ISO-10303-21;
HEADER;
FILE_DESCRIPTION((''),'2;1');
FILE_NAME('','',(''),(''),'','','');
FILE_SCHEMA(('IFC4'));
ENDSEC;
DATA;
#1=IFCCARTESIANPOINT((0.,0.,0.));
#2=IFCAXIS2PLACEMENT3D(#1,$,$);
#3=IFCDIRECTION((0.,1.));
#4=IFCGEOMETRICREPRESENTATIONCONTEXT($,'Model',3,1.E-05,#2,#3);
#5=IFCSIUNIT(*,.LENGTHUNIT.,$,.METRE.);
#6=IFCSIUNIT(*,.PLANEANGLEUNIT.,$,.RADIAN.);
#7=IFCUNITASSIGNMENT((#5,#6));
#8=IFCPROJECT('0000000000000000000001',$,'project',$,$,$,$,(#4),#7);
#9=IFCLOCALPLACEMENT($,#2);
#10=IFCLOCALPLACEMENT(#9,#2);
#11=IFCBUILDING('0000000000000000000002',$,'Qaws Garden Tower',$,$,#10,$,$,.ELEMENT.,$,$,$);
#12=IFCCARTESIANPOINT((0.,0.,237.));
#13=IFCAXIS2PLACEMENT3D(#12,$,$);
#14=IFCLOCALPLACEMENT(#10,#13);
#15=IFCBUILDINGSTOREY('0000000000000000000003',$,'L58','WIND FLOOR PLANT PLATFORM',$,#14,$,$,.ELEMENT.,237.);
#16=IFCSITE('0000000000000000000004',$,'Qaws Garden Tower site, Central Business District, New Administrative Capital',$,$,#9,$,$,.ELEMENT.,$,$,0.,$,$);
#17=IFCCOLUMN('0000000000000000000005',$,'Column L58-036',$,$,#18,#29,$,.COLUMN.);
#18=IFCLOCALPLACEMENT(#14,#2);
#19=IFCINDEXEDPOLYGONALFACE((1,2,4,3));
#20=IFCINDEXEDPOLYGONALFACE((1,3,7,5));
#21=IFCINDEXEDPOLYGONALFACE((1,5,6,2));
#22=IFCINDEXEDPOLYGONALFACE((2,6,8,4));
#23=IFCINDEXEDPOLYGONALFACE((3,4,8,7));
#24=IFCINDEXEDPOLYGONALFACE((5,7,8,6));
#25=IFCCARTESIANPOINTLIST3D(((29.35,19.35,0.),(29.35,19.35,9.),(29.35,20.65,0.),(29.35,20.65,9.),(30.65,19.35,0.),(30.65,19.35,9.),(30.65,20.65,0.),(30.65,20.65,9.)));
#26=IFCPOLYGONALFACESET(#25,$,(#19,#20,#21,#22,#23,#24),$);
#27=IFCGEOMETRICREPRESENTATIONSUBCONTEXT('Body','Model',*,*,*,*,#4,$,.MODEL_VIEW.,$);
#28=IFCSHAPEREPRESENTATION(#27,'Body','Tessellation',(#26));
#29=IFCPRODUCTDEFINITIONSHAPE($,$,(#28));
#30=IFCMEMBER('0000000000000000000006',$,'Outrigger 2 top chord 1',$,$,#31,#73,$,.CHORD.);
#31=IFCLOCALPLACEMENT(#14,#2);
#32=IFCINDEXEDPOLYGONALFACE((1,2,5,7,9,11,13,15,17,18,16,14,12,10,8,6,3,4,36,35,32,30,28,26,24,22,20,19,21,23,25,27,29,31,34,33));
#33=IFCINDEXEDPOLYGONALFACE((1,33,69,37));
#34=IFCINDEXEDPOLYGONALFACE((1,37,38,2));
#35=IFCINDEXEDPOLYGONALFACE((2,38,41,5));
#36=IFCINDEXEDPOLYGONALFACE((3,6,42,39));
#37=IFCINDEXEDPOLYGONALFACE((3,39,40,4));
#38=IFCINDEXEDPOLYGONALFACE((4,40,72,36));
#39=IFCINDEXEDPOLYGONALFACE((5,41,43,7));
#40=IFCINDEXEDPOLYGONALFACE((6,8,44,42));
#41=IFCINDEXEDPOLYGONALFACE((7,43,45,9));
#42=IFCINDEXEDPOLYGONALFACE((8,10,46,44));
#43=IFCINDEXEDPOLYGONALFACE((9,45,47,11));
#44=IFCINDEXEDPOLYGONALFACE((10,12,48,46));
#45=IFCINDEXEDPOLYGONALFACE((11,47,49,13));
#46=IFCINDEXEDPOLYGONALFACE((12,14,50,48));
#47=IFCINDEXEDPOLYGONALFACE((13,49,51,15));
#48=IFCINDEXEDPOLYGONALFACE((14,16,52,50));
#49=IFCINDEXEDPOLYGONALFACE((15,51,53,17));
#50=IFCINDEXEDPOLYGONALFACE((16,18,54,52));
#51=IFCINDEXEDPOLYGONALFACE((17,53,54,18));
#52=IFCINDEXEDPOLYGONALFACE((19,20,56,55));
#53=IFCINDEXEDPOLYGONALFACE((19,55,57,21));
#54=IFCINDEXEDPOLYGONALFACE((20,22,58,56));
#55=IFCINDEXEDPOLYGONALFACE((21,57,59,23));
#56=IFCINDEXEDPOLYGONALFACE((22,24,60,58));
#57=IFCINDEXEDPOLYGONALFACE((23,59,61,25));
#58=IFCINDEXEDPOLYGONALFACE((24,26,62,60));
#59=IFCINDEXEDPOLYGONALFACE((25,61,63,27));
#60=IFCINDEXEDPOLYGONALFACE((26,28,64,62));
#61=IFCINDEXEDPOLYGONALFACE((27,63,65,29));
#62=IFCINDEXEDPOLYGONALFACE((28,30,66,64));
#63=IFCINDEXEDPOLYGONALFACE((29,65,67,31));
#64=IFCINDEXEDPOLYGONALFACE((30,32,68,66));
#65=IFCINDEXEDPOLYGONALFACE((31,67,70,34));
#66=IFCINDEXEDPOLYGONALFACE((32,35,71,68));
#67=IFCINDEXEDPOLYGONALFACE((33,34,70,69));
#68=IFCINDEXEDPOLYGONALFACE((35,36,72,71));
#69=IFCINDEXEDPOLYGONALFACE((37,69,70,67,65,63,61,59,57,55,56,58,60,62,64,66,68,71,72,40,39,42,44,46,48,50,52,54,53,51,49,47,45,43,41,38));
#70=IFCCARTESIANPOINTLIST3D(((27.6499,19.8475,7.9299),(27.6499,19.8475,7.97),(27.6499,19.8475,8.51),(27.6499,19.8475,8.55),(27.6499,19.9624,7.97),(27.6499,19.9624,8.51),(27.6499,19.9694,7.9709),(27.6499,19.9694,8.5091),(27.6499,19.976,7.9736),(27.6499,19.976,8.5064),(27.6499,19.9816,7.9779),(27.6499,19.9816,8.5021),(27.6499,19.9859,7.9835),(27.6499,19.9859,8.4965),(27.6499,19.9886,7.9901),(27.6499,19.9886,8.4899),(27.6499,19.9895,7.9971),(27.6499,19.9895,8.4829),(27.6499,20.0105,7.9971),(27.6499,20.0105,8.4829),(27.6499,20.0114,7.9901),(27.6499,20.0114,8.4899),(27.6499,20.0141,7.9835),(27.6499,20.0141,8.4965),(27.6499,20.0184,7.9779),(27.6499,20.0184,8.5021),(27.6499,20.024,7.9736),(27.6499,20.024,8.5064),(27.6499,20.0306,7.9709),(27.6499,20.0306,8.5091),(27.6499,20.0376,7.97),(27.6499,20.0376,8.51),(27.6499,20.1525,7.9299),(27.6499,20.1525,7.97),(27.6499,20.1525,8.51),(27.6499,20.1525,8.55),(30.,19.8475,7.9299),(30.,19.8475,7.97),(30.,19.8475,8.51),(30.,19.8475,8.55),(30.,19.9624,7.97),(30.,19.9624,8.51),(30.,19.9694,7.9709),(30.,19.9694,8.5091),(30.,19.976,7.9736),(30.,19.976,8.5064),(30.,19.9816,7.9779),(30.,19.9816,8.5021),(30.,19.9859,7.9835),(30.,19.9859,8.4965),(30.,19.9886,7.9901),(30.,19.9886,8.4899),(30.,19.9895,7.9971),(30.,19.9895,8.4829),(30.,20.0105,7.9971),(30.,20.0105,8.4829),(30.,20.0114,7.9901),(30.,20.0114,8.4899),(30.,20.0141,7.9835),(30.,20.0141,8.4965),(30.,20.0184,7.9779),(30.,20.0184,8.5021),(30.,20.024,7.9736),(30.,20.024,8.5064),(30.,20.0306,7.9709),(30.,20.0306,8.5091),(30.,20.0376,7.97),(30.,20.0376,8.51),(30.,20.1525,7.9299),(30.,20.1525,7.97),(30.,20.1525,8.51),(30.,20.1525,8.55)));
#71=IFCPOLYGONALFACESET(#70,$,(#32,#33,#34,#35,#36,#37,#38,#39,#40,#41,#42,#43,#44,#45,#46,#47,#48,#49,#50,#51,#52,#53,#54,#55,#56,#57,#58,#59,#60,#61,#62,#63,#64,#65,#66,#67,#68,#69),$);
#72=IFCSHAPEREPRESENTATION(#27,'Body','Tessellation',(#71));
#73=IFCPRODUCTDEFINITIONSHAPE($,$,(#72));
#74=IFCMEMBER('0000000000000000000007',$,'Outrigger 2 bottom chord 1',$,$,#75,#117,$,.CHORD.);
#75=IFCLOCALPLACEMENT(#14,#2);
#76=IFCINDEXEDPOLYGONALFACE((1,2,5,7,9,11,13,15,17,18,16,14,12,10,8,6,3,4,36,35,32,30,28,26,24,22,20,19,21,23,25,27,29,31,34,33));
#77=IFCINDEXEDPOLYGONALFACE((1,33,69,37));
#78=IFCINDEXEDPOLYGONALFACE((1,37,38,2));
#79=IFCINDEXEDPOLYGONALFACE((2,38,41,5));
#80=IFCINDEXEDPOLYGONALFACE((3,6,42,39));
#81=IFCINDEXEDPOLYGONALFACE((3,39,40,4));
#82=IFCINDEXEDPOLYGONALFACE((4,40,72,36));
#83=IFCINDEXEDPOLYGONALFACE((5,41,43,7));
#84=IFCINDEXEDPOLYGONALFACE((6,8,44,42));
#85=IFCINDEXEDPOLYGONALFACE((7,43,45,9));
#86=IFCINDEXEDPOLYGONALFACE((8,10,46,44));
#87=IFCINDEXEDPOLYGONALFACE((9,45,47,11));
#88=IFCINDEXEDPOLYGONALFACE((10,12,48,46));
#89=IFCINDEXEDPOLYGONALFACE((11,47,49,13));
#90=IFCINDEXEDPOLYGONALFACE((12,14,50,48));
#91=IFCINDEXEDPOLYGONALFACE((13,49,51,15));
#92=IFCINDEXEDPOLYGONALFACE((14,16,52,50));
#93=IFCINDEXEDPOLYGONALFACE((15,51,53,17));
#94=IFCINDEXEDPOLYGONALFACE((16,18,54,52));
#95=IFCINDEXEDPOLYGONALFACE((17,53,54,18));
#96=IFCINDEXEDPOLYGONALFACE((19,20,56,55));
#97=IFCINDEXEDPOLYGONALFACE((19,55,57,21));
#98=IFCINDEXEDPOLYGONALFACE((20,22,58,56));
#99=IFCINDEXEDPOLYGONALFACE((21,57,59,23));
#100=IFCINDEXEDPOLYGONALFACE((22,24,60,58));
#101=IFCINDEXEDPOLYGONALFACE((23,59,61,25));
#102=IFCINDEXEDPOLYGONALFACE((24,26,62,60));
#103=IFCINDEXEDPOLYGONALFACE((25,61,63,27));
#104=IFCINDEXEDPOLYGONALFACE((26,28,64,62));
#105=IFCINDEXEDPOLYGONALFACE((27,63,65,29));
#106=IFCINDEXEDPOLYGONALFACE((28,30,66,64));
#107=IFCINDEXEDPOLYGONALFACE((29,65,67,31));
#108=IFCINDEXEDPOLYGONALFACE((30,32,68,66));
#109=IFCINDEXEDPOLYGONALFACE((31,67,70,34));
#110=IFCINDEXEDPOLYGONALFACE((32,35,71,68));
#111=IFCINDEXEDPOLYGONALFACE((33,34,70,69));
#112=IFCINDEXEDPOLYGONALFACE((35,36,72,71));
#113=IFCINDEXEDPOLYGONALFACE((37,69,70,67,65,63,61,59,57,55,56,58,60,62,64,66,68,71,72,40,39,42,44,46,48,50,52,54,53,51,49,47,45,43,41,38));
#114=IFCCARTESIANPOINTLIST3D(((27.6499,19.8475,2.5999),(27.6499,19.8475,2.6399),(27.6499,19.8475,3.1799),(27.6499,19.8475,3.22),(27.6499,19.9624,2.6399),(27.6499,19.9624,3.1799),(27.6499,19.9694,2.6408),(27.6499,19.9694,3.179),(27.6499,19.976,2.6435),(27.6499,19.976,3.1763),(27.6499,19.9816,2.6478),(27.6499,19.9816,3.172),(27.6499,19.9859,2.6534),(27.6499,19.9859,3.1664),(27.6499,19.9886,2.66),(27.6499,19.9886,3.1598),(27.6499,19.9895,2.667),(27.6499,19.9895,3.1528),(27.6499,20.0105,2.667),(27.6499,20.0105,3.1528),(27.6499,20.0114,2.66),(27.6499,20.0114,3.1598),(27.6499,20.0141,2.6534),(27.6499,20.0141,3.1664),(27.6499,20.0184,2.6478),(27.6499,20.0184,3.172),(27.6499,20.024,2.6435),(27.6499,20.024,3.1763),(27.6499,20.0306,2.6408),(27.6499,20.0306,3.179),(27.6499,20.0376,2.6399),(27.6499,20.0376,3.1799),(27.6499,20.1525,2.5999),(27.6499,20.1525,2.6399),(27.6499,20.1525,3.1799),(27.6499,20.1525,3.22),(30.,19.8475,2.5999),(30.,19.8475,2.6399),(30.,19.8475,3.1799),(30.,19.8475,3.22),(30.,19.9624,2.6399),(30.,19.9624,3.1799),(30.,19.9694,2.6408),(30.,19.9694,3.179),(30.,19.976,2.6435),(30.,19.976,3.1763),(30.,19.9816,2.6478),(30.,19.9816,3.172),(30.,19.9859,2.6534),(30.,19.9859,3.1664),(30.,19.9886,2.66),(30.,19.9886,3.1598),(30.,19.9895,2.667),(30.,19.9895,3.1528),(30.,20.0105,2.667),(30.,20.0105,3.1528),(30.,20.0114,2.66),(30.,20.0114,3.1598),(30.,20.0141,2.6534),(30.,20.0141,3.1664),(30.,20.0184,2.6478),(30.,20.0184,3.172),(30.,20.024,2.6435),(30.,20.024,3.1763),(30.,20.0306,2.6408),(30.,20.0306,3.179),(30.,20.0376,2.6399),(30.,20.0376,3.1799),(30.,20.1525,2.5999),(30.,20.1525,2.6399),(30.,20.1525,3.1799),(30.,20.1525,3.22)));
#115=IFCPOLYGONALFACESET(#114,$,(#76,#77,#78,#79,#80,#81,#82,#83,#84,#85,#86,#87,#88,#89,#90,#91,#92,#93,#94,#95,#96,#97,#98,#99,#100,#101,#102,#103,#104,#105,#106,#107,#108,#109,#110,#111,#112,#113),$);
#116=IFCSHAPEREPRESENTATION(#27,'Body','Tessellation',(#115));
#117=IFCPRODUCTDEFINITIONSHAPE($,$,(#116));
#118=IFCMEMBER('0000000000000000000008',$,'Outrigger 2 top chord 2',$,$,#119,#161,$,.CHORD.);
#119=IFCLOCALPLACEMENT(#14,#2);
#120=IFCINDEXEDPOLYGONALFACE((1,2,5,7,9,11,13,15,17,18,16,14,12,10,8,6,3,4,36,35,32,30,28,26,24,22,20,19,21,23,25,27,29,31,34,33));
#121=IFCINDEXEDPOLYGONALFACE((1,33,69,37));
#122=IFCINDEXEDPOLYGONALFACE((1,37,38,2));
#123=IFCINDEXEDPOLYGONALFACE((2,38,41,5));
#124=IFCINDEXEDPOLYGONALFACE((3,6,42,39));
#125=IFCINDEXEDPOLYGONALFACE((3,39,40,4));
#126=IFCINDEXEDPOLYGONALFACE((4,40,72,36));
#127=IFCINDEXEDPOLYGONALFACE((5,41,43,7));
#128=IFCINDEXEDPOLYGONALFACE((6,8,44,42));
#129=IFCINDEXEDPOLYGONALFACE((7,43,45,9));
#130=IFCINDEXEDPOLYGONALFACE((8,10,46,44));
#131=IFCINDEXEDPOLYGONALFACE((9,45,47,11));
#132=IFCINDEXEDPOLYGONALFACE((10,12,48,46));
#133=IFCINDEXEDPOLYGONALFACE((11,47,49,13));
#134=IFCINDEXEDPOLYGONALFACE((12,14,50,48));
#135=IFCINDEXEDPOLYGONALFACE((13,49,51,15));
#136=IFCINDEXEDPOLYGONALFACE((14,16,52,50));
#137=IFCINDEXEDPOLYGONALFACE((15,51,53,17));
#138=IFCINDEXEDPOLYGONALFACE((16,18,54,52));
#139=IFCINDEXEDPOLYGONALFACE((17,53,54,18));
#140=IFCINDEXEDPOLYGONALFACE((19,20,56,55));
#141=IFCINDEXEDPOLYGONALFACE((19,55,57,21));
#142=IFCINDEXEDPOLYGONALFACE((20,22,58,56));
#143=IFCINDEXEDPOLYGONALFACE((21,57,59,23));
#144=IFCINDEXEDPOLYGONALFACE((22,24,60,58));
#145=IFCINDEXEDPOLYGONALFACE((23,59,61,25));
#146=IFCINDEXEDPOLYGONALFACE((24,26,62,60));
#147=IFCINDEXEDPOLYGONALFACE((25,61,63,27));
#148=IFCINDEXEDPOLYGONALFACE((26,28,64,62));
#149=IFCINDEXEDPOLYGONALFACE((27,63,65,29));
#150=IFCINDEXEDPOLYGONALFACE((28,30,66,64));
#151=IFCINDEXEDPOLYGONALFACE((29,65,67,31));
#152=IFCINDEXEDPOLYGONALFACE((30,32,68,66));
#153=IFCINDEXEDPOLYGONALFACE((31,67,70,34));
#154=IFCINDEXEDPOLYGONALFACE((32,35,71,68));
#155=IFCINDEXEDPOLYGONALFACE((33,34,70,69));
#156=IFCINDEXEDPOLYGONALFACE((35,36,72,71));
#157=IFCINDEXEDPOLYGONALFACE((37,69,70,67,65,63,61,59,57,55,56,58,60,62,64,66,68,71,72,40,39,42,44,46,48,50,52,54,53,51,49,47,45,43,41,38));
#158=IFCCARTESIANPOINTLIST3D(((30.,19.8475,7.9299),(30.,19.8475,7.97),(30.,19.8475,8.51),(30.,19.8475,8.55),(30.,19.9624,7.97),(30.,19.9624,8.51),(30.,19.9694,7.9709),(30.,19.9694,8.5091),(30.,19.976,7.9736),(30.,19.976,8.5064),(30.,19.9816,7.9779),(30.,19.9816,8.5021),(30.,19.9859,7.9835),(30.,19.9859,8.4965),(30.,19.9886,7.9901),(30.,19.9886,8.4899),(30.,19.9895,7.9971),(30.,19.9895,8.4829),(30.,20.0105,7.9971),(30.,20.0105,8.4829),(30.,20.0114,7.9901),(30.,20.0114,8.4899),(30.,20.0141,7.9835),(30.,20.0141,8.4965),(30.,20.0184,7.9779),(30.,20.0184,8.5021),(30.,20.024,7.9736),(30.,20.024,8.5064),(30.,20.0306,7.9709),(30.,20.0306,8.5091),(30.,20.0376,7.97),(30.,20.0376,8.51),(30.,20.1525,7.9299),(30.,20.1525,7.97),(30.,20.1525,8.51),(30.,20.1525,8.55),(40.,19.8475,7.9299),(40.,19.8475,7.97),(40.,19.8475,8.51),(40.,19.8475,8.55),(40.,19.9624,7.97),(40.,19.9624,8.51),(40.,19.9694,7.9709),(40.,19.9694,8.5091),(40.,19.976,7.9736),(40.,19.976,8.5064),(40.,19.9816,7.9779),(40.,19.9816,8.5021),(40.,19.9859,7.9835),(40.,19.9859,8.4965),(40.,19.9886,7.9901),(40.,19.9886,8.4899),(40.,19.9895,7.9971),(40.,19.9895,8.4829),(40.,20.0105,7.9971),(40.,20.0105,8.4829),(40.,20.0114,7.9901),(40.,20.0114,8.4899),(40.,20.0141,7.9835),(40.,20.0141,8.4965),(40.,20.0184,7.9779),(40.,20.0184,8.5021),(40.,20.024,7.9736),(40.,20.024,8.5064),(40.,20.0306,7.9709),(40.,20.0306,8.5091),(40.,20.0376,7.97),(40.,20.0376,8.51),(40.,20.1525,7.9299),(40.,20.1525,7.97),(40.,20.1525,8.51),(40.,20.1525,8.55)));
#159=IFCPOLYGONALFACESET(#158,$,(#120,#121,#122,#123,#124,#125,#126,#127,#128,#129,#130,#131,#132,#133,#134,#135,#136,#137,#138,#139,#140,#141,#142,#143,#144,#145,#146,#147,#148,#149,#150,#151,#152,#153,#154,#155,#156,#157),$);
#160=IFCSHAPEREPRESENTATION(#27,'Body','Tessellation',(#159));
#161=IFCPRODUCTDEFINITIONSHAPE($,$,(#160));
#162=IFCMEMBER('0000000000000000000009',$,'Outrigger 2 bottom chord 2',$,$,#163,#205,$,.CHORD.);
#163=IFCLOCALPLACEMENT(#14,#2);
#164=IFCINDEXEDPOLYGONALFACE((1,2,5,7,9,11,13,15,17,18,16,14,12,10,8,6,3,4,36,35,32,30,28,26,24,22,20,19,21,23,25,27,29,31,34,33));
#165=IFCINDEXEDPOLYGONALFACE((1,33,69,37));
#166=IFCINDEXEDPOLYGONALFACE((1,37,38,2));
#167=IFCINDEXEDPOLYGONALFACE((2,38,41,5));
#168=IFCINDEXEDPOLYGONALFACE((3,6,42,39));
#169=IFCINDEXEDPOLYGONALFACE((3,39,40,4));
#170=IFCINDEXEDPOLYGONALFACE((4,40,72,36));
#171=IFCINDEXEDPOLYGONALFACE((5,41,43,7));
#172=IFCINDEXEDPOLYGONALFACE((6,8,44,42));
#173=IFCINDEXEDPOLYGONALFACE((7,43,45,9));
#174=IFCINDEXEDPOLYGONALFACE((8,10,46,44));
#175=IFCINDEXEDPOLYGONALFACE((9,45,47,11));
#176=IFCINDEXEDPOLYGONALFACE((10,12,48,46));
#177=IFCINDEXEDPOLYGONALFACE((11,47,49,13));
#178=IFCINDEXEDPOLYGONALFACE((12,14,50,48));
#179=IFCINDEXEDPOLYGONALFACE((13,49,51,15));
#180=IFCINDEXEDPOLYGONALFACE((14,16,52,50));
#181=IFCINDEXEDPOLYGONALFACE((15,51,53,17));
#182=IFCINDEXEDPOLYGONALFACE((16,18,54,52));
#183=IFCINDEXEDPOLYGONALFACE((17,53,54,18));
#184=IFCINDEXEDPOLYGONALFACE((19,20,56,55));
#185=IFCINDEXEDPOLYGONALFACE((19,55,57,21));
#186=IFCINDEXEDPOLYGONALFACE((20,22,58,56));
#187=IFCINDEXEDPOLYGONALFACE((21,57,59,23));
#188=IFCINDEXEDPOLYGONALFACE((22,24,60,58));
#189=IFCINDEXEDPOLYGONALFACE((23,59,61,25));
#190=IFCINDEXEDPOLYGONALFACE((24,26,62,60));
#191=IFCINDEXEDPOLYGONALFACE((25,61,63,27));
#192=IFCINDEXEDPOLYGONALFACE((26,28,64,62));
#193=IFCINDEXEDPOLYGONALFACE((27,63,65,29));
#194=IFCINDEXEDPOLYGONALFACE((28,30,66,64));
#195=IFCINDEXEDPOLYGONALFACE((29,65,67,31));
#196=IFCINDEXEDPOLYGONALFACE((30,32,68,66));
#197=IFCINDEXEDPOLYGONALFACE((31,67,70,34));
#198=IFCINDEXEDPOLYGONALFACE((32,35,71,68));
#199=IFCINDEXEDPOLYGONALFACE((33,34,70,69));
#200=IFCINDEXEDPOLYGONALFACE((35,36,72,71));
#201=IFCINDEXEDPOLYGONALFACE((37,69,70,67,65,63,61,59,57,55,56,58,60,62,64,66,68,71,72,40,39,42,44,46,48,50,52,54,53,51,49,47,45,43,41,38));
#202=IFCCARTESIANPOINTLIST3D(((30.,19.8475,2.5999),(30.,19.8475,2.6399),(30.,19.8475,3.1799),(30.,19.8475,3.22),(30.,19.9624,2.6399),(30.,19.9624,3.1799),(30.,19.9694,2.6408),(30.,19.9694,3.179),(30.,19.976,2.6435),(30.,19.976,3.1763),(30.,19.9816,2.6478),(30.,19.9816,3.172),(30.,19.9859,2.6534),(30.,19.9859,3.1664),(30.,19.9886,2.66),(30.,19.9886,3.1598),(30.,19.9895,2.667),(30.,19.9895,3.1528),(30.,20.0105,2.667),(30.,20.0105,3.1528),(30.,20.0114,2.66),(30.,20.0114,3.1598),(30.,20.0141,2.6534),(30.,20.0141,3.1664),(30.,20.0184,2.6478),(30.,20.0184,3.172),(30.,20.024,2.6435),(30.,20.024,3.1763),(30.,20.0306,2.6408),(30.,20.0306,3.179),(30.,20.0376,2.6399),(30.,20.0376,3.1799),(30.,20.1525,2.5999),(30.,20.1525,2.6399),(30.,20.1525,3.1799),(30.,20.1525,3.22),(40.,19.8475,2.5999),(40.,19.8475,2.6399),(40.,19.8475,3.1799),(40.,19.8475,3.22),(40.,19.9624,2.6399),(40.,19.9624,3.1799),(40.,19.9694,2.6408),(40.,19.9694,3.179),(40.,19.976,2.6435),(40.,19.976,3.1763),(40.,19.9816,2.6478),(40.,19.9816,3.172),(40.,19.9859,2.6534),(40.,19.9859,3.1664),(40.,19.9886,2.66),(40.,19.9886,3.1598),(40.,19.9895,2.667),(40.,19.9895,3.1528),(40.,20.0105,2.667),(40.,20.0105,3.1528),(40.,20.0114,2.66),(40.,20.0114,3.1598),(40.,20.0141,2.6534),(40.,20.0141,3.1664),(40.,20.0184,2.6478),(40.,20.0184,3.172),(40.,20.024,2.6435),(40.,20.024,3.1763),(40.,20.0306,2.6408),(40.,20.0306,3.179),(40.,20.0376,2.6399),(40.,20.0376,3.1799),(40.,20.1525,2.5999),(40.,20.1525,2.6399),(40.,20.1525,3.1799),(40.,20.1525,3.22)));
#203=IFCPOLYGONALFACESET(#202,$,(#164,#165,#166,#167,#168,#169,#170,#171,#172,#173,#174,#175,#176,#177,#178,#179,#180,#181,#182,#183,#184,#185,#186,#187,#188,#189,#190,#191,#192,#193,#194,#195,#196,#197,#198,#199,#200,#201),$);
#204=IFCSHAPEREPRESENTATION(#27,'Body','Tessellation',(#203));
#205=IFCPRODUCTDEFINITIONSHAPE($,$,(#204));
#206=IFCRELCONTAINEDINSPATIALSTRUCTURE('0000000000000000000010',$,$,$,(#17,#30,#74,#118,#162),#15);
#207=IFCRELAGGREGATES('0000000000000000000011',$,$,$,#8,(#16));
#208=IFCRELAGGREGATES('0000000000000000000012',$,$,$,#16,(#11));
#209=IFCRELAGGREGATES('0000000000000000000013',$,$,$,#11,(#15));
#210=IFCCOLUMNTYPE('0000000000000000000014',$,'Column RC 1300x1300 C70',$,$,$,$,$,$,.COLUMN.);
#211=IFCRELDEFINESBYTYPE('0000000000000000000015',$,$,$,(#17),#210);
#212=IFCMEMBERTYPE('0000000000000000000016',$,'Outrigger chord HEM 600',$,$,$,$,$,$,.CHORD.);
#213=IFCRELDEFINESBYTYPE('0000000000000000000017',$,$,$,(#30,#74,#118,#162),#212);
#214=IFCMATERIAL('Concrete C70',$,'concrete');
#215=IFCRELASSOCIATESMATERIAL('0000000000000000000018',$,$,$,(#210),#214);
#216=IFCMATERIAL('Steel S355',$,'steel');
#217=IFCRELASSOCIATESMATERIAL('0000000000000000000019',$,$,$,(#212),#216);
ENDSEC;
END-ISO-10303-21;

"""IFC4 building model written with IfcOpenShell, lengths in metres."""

from ifc_helpers import new_model, si_unit, direction, frame, origin, origin_2d, place, context, subcontext, project, spatial, rectangle, i_section, extrude, material, material_profile, profile_set, type_object, element, save


model = new_model("IFC4")

# Units and contexts
model_context = context("Model", 3, precision=1e-05, world=origin(), true_north=direction((0.0, 1.0)))
body_context = subcontext(model_context, "Body", "Model", "MODEL_VIEW")
ifc_project = project(units=[si_unit("LENGTHUNIT", "METRE"), si_unit("PLANEANGLEUNIT", "RADIAN")], contexts=[model_context])

# Site, building, storey
site_placement = place(None, origin())
site = spatial("IfcSite", under=ifc_project, at=site_placement, Name="Qaws Garden Tower site, Central Business District, New Administrative Capital", CompositionType="ELEMENT", RefElevation=0.0)
building_placement = place(site_placement, origin())
building = spatial("IfcBuilding", under=site, at=building_placement, Name="Qaws Garden Tower", CompositionType="ELEMENT")
storey_placement = place(building_placement, frame((0.0, 0.0, 237.0)))
storey = spatial("IfcBuildingStorey", under=building, at=storey_placement, Name="L58", Description="WIND FLOOR PLANT PLATFORM", CompositionType="ELEMENT", Elevation=237.0)

# Column
ifc_material_1 = material(Name="Concrete C70", Category="concrete")
ifc_material_profile_1 = material_profile(ifc_material_1, rectangle(XDim=1.3, YDim=1.3, at=origin_2d()), Name="RC 1300x1300")
ifc_profile_set_1 = profile_set([ifc_material_profile_1], Name="Concrete C70")
column_type = type_object("IfcColumnType", Name="Column RC 1300x1300 C70", PredefinedType="COLUMN", material=ifc_profile_set_1)
column_placement = place(storey_placement, frame((30.0, 20.0, 0.0), z_axis=(0.0, 0.0, 1.0), x_axis=(1.0, 0.0, 0.0)))
element("IfcColumn", 1, at=column_placement, inside=storey, type_object=column_type, Name="Column L58-036", PredefinedType="COLUMN", context=body_context, shape_type="SweptSolid", body=[
    extrude(rectangle(XDim=1.3, YDim=1.3, at=origin_2d()), origin(), (0.0, 0.0, 1.0), 9.0),
])

# Members
ifc_material_2 = material(Name="Steel S355", Category="steel")
ifc_material_profile_2 = material_profile(ifc_material_2, i_section(OverallWidth=0.3049, OverallDepth=0.6201, WebThickness=0.021, FlangeThickness=0.04, FilletRadius=0.0271, at=origin_2d()), Name="HEM 600")
ifc_profile_set_2 = profile_set([ifc_material_profile_2], Name="Steel S355")
member_type_1 = type_object("IfcMemberType", Name="Outrigger chord HEM 600", PredefinedType="CHORD", material=ifc_profile_set_2)
for number, where, z_axis, x_axis, name in (
    (2, (27.6499, 20.0, 8.24), (1.0, 0.0, 0.0), (0.0, 1.0, 0.0), "Outrigger 2 top chord 1"),
    (3, (27.6499, 20.0, 2.9099), (1.0, 0.0, 0.0), (0.0, 1.0, 0.0), "Outrigger 2 bottom chord 1"),
):
    element("IfcMember", number, at=place(storey_placement, frame(where, z_axis=z_axis, x_axis=x_axis)), inside=storey, type_object=member_type_1, Name=name, PredefinedType="CHORD", context=body_context, shape_type="SweptSolid", body=[
        extrude(i_section(OverallWidth=0.3049, OverallDepth=0.6201, WebThickness=0.021, FlangeThickness=0.04, FilletRadius=0.0271, at=origin_2d()), origin(), (0.0, 0.0, 1.0), 2.3501),
    ])
for number, where, z_axis, x_axis, name in (
    (4, (30.0, 20.0, 8.24), (1.0, 0.0, 0.0), (0.0, 1.0, 0.0), "Outrigger 2 top chord 2"),
    (5, (30.0, 20.0, 2.9099), (1.0, 0.0, 0.0), (0.0, 1.0, 0.0), "Outrigger 2 bottom chord 2"),
):
    element("IfcMember", number, at=place(storey_placement, frame(where, z_axis=z_axis, x_axis=x_axis)), inside=storey, type_object=member_type_1, Name=name, PredefinedType="CHORD", context=body_context, shape_type="SweptSolid", body=[
        extrude(i_section(OverallWidth=0.3049, OverallDepth=0.6201, WebThickness=0.021, FlangeThickness=0.04, FilletRadius=0.0271, at=origin_2d()), origin(), (0.0, 0.0, 1.0), 10.0),
    ])

save(model, "model.ifc")
